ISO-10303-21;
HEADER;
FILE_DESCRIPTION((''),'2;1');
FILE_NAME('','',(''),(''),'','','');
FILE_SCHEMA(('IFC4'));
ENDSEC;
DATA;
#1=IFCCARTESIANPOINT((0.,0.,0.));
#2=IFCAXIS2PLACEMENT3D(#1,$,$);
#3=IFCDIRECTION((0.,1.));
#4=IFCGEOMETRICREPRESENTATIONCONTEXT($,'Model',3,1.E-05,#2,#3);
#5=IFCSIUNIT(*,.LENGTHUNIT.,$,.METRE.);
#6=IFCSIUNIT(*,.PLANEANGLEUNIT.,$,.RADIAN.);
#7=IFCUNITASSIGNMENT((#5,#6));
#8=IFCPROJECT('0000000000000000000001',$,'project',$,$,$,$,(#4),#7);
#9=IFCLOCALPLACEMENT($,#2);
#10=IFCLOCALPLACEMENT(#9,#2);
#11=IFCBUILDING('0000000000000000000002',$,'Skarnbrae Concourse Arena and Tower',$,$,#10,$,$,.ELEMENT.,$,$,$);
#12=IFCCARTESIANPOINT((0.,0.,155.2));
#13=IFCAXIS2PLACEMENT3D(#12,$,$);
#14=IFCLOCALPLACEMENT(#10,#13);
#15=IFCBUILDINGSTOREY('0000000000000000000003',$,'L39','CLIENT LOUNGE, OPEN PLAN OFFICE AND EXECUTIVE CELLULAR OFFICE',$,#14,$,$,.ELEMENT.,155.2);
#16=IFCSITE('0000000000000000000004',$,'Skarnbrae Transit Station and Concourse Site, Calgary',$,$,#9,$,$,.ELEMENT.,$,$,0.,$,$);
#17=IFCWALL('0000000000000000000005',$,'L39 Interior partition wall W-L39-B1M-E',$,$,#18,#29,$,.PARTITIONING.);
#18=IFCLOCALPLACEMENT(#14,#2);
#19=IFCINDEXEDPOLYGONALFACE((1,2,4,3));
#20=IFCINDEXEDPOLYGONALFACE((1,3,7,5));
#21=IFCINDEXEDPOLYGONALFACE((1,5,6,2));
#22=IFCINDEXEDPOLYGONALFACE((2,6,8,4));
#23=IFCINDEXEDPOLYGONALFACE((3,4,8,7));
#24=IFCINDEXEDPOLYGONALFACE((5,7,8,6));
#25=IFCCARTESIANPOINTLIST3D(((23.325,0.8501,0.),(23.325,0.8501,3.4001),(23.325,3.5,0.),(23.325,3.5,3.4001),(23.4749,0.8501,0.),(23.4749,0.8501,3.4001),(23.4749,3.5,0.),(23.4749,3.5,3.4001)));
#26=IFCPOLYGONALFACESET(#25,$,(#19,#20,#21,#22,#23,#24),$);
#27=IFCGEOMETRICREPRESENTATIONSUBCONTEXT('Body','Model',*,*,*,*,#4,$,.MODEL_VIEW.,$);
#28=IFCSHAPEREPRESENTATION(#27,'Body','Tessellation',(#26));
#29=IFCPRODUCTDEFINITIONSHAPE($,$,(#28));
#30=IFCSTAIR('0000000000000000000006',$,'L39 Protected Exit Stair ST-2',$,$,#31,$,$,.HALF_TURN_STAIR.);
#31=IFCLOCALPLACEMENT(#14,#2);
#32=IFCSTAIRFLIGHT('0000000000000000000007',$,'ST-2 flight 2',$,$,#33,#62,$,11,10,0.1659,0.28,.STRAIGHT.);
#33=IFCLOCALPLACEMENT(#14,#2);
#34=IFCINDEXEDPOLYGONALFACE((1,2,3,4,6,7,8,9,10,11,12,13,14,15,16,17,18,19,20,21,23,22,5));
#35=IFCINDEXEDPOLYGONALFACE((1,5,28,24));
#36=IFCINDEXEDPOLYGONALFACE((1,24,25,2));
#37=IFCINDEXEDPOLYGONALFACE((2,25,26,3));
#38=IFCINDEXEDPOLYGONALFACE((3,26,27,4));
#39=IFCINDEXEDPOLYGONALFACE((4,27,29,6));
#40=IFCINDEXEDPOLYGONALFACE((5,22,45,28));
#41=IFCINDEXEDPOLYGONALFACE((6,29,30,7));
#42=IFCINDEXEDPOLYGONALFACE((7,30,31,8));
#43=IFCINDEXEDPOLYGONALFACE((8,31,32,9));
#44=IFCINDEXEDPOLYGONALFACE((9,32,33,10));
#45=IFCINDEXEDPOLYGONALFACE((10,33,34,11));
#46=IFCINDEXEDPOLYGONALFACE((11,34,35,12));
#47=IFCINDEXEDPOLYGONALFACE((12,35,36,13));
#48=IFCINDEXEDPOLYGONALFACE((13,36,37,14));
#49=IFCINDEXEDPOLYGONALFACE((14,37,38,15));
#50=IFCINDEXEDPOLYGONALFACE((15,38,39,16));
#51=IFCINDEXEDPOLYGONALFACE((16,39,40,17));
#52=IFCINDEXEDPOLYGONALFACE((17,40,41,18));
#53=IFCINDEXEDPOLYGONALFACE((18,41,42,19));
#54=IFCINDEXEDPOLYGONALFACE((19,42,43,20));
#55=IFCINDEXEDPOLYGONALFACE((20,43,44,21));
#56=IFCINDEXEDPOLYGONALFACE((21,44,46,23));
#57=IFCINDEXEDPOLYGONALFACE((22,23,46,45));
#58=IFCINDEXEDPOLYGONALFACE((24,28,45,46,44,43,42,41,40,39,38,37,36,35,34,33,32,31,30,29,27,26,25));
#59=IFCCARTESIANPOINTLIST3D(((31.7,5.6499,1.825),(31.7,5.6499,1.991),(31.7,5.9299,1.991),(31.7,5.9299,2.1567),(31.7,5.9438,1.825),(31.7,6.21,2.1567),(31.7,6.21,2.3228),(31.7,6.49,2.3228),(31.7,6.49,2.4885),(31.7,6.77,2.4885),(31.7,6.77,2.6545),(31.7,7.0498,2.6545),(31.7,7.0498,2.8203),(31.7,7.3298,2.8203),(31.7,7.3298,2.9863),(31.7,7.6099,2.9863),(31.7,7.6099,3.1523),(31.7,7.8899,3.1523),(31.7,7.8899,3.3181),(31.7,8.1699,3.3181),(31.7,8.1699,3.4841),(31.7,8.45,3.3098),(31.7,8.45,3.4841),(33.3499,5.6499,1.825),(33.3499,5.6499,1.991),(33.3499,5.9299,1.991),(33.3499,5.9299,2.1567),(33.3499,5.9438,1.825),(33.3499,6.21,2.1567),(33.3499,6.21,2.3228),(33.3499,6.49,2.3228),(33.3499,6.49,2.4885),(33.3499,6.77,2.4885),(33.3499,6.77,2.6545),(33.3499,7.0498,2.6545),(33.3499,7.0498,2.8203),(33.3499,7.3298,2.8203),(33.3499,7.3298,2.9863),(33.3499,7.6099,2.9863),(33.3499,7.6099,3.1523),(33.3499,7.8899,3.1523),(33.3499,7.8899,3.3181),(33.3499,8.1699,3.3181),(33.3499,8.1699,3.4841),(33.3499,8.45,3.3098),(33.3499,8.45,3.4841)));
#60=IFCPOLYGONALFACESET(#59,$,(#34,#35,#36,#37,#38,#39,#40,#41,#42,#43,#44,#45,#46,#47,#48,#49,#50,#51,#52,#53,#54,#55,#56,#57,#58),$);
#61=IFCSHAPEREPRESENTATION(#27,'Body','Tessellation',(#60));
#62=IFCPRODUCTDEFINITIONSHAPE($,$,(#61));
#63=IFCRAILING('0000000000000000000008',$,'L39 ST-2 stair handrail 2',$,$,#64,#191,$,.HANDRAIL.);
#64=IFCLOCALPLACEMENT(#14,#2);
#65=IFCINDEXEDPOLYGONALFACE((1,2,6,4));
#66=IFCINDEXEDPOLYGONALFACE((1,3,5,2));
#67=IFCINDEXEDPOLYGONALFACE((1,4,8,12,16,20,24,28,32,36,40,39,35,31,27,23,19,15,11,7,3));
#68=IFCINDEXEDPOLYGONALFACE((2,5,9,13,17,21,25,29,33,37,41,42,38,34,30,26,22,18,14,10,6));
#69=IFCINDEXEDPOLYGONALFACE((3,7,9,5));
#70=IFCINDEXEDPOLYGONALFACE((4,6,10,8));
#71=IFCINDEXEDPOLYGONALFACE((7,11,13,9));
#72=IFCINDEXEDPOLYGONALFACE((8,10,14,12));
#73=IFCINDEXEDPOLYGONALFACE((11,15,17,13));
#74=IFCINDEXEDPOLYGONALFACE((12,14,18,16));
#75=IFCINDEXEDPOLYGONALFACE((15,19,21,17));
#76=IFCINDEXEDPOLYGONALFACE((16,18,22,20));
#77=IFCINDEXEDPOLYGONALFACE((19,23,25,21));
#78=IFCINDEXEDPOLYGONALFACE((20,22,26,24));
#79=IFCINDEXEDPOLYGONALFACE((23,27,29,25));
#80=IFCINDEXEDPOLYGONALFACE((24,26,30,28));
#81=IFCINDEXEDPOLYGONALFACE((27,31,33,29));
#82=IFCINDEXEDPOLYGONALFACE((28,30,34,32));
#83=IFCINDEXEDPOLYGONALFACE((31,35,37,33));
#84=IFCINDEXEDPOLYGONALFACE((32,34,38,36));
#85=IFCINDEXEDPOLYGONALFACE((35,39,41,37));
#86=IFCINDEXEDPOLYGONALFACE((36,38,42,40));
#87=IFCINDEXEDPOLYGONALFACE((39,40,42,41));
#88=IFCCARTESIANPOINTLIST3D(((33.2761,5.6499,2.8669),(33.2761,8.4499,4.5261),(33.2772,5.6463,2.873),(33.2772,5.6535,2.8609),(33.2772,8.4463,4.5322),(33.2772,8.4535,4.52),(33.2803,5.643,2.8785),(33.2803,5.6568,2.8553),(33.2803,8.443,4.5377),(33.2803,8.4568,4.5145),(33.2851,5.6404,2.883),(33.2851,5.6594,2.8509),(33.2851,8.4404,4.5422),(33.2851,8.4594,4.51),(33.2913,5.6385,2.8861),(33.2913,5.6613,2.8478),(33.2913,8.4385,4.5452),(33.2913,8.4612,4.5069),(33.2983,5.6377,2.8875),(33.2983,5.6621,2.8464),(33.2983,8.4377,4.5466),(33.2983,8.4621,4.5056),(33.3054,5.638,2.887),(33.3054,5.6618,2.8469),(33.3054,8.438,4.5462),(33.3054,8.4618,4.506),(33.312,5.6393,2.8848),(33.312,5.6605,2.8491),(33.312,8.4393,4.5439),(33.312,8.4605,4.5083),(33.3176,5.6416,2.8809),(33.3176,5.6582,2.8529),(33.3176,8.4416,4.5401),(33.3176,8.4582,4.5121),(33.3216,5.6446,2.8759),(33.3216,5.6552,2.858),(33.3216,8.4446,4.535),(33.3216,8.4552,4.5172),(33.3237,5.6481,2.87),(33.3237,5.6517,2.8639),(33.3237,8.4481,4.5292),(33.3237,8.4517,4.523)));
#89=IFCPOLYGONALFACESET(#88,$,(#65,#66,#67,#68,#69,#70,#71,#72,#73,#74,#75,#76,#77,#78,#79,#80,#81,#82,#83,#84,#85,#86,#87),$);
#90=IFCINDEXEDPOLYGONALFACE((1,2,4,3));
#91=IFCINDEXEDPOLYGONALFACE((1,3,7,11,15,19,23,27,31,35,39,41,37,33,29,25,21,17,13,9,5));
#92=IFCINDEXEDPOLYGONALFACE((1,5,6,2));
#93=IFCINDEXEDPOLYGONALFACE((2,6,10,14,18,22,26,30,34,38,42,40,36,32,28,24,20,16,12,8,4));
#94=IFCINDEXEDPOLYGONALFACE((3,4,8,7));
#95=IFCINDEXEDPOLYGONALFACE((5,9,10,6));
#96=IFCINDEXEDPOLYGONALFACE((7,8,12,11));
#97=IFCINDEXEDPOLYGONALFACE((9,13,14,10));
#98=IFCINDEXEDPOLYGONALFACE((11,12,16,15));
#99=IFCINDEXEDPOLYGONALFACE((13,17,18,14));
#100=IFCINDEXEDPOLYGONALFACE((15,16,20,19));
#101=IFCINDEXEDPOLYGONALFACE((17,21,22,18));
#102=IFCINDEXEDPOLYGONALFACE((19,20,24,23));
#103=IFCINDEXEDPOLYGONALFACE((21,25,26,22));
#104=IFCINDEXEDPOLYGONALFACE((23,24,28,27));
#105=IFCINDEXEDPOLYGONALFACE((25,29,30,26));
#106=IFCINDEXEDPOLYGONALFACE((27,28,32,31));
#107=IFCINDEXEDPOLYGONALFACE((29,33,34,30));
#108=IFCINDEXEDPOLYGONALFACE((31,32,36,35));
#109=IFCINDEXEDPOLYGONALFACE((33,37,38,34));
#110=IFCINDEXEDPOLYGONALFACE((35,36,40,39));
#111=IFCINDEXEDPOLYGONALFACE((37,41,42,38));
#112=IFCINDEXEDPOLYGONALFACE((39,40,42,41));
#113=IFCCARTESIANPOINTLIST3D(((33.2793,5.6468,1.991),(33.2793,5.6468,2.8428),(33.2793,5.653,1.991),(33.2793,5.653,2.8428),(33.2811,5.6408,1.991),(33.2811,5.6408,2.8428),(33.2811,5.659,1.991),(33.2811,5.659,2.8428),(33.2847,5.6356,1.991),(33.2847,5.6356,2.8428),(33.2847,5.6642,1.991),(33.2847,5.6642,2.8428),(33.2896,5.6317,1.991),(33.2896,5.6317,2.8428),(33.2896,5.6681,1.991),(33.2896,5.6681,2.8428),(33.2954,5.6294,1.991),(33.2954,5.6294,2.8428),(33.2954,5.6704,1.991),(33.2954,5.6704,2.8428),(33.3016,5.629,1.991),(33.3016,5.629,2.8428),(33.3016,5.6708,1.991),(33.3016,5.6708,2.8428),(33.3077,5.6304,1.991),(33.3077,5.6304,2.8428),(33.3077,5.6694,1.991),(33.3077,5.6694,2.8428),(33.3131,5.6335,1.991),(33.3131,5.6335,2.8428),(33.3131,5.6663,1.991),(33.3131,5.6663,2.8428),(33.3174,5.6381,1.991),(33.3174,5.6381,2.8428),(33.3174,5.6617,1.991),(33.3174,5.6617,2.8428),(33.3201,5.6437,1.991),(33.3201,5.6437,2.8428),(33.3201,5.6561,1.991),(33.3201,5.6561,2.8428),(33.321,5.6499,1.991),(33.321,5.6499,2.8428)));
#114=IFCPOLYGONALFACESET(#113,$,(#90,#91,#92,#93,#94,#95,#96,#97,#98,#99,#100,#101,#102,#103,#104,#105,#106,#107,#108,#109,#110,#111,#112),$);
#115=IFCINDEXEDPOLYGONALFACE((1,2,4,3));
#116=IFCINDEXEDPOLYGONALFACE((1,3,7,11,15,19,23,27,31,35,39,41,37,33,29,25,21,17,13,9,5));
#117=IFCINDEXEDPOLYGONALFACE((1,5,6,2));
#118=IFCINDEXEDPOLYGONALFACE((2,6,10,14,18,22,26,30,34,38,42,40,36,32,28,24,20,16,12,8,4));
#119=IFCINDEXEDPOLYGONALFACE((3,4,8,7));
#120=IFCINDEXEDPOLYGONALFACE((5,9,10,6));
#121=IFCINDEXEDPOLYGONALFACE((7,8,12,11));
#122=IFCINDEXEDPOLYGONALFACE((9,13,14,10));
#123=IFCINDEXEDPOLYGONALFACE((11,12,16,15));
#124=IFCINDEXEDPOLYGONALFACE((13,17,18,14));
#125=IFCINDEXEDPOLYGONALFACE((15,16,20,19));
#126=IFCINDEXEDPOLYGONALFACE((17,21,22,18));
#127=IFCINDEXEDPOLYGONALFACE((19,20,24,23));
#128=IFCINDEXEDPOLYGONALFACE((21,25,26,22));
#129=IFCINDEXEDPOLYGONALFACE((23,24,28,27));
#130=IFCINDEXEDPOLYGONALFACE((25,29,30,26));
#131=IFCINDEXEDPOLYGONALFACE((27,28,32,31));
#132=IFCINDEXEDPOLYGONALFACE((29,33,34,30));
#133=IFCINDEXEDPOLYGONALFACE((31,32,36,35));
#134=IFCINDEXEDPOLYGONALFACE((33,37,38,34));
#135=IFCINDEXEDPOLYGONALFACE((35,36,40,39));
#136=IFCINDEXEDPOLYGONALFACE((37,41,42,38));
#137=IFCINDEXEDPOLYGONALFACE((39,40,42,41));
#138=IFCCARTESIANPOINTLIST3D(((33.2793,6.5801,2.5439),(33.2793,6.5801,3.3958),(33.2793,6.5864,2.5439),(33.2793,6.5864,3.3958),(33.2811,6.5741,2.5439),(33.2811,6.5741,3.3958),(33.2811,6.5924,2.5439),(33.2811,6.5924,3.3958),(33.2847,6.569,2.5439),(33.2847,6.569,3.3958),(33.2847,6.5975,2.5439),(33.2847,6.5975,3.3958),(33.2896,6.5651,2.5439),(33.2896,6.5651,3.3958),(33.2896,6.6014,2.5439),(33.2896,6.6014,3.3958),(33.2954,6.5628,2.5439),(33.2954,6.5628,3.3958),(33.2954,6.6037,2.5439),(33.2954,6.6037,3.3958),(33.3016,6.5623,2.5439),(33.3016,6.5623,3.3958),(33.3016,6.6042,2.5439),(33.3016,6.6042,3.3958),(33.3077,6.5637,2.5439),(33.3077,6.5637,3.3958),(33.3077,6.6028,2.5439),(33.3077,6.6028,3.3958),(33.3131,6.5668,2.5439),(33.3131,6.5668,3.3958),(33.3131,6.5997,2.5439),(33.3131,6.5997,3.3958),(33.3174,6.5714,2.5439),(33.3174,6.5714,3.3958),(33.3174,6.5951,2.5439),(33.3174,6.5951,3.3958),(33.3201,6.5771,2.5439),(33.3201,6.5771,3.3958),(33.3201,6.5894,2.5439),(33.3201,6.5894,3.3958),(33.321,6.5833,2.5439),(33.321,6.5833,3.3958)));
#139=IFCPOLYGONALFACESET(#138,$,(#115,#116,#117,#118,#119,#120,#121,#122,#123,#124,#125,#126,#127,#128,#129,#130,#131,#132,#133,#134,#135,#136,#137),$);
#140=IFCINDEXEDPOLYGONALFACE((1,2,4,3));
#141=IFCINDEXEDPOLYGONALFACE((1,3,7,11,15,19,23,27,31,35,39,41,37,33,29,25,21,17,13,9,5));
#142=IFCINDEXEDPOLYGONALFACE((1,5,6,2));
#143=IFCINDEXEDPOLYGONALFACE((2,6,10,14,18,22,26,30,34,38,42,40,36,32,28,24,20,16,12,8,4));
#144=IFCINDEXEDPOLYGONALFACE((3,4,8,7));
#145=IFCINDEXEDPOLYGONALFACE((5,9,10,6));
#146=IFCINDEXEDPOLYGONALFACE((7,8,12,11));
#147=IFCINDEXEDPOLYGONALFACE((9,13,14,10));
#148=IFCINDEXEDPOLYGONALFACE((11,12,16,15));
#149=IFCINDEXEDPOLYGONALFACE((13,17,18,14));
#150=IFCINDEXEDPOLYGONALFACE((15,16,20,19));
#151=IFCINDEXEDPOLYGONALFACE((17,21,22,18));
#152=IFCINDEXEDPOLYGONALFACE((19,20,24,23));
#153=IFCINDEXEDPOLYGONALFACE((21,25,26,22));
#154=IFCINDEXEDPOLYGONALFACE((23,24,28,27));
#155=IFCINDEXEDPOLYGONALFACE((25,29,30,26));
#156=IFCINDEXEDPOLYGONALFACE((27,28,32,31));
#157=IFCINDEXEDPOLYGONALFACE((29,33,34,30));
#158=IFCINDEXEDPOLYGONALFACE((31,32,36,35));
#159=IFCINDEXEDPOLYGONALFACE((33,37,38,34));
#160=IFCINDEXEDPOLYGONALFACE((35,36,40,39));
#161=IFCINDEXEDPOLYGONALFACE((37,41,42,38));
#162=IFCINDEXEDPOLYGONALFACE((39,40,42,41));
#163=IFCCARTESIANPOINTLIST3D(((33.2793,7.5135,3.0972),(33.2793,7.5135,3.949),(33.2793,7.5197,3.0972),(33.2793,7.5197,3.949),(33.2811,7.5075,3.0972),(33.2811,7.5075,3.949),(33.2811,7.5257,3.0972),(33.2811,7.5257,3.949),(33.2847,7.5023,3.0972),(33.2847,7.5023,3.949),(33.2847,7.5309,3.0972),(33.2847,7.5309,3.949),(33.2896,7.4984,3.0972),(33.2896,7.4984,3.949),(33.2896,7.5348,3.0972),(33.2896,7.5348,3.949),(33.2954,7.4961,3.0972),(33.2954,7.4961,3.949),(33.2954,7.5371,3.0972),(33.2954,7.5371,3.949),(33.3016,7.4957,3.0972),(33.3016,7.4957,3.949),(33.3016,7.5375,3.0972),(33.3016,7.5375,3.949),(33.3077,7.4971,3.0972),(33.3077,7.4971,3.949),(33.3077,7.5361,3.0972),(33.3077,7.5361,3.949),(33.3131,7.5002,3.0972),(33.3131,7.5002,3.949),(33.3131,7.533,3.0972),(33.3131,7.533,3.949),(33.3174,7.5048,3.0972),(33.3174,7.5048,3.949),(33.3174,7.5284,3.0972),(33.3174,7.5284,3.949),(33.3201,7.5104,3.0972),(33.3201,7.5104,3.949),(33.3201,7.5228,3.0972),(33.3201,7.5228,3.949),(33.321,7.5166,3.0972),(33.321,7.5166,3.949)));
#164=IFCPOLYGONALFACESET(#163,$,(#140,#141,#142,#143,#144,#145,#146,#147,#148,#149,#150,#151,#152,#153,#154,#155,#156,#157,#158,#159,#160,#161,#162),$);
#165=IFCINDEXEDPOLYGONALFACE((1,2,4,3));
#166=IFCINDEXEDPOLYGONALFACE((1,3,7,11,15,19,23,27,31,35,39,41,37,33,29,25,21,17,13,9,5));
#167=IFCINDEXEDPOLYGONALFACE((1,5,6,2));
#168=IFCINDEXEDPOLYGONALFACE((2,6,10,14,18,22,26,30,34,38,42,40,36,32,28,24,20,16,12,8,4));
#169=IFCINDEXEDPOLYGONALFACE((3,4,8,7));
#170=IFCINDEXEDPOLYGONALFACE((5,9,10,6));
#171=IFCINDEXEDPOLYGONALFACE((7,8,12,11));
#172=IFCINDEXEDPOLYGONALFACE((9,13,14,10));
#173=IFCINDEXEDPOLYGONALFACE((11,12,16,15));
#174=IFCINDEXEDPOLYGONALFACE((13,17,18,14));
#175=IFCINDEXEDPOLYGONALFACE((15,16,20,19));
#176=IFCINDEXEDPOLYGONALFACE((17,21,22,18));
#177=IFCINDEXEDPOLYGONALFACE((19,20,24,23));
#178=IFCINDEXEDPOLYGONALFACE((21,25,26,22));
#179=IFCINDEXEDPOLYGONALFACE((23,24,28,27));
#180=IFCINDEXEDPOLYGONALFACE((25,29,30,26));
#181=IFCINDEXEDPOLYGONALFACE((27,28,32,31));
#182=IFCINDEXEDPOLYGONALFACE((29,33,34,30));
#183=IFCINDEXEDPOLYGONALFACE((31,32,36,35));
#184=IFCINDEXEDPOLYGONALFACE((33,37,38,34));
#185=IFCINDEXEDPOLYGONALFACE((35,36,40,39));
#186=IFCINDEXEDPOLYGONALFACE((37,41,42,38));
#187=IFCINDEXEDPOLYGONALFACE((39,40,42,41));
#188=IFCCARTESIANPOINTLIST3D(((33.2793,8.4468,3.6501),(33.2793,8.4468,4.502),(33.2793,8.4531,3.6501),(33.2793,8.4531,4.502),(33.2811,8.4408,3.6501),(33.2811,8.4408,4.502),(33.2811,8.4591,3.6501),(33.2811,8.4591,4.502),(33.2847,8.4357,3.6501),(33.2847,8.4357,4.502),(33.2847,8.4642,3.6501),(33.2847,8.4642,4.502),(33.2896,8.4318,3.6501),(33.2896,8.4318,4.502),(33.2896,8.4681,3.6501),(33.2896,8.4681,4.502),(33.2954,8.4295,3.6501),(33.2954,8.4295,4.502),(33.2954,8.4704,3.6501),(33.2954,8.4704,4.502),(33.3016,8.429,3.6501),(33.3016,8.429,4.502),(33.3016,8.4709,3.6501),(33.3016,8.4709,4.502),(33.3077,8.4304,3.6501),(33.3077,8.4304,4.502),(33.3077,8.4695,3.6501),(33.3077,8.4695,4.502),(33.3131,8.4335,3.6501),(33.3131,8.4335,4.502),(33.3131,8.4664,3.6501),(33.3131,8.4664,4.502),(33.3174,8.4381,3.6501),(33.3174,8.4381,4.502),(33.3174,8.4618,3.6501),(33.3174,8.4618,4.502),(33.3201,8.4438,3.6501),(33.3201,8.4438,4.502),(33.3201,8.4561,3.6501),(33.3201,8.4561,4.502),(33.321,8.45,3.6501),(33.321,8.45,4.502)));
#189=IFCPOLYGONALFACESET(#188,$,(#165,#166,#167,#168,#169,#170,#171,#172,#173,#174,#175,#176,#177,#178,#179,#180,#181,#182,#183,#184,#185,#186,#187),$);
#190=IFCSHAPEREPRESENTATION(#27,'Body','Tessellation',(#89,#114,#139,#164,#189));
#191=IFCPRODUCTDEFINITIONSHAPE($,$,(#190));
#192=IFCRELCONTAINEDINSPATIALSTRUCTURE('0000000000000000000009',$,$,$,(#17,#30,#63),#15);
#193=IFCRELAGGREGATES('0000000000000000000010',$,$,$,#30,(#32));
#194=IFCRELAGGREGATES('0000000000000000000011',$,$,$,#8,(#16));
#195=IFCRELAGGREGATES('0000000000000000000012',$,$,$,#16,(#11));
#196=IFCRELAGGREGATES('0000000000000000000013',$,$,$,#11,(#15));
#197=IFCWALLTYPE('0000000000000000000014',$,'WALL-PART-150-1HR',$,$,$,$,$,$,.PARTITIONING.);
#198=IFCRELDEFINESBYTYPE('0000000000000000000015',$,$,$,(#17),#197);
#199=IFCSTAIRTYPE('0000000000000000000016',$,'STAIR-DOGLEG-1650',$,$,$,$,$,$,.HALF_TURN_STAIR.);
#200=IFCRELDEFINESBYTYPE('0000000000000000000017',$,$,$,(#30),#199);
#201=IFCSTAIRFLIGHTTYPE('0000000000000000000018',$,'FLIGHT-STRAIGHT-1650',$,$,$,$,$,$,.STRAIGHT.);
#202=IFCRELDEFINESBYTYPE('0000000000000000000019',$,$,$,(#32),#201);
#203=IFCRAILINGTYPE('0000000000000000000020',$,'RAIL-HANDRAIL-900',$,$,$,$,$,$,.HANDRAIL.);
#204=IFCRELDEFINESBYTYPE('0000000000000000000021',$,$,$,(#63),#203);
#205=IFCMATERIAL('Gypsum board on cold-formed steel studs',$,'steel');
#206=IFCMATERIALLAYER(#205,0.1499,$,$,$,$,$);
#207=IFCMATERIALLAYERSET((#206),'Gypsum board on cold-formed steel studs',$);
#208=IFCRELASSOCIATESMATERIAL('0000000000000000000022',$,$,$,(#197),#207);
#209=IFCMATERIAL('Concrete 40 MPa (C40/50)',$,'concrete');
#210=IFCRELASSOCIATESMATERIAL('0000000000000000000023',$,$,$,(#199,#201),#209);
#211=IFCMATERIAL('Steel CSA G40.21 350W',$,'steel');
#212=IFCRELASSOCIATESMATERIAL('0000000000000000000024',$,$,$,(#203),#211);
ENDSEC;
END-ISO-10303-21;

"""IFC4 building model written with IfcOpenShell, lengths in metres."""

from ifc_helpers import new_model, si_unit, direction, frame, frame_2d, origin, origin_2d, place, context, subcontext, project, spatial, polyline, rectangle, circle, outline, extrude, source, transform, mapped, material, layer, layer_set, type_object, element, aggregate, save


model = new_model("IFC4")

# Units and contexts
model_context = context("Model", 3, precision=1e-05, world=origin(), true_north=direction((0.0, 1.0)))
body_context = subcontext(model_context, "Body", "Model", "MODEL_VIEW")
ifc_project = project(units=[si_unit("LENGTHUNIT", "METRE"), si_unit("PLANEANGLEUNIT", "RADIAN")], contexts=[model_context])

# Site, building, storey
site_placement = place(None, origin())
site = spatial("IfcSite", under=ifc_project, at=site_placement, Name="Skarnbrae Transit Station and Concourse Site, Calgary", CompositionType="ELEMENT", RefElevation=0.0)
building_placement = place(site_placement, origin())
building = spatial("IfcBuilding", under=site, at=building_placement, Name="Skarnbrae Concourse Arena and Tower", CompositionType="ELEMENT")
storey_placement = place(building_placement, frame((0.0, 0.0, 155.2)))
storey = spatial("IfcBuildingStorey", under=building, at=storey_placement, Name="L39", Description="CLIENT LOUNGE, OPEN PLAN OFFICE AND EXECUTIVE CELLULAR OFFICE", CompositionType="ELEMENT", Elevation=155.2)

# Shared definitions
ifc_material_1 = material(Name="Gypsum board on cold-formed steel studs", Category="steel")

# Shared definitions
ifc_layer_1 = layer(ifc_material_1, 0.1499)
ifc_layer_set_1 = layer_set([ifc_layer_1], Name="Gypsum board on cold-formed steel studs")
wall_type_1 = type_object("IfcWallType", Name="WALL-PART-150-1HR", PredefinedType="PARTITIONING", material=ifc_layer_set_1)
ifc_material_2 = material(Name="Steel CSA G40.21 350W", Category="steel")

# Wall
shared_shape_1 = source(origin(), body_context, "Body", "SweptSolid", [
    extrude(rectangle(XDim=2.6499, YDim=0.1499, at=frame_2d((1.325, 0.0))), origin(), (0.0, 0.0, 1.0), 3.4001),
])
wall_1_placement = place(storey_placement, frame((23.3999, 0.8501, 0.0), z_axis=(0.0, 0.0, 1.0), x_axis=(0.0, 1.0, 0.0)))
element("IfcWall", 1, at=wall_1_placement, inside=storey, type_object=wall_type_1, Name="L39 Interior partition wall W-L39-B1M-E", PredefinedType="PARTITIONING", context=body_context, shape_type="MappedRepresentation", body=[
    mapped(shared_shape_1, transform((0.0, 0.0, 0.0))),
])

# Stair, stair flight
ifc_material_3 = material(Name="Concrete 40 MPa (C40/50)", Category="concrete")
stair_type = type_object("IfcStairType", Name="STAIR-DOGLEG-1650", PredefinedType="HALF_TURN_STAIR", material=ifc_material_3)
stair_placement = place(storey_placement, origin())
stair = element("IfcStair", 2, at=stair_placement, inside=storey, type_object=stair_type, Name="L39 Protected Exit Stair ST-2", PredefinedType="HALF_TURN_STAIR")
stair_flight_type = type_object("IfcStairFlightType", Name="FLIGHT-STRAIGHT-1650", PredefinedType="STRAIGHT", material=ifc_material_3)
shared_shape_2 = source(origin(), body_context, "Body", "SweptSolid", [
    extrude(outline(polyline([(0.0, 0.0), (0.0, 0.166), (0.28, 0.166), (0.28, 0.3318), (0.5601, 0.3318), (0.5601, 0.4978), (0.8401, 0.4978), (0.8401, 0.6636), (1.1201, 0.6636), (1.1201, 0.8296), (1.3999, 0.8296), (1.3999, 0.9954), (1.6799, 0.9954), (1.6799, 1.1614), (1.96, 1.1614), (1.96, 1.3274), (2.24, 1.3274), (2.24, 1.4932), (2.52, 1.4932), (2.52, 1.6592), (2.8, 1.6592), (2.8, 1.825), (2.8, 1.4849), (0.2939, 0.0), (0.0, 0.0)])), frame((0.0, 0.825, 0.0), z_axis=(0.0, -1.0, 0.0), x_axis=(1.0, 0.0, 0.0)), (0.0, 0.0, 1.0), 1.6499),
])
stair_flight_placement = place(storey_placement, frame((32.5249, 5.6499, 1.825), z_axis=(0.0, 0.0, 1.0), x_axis=(0.0, 1.0, 0.0)))
stair_flight = element("IfcStairFlight", 3, at=stair_flight_placement, type_object=stair_flight_type, Name="ST-2 flight 2", NumberOfRisers=11, NumberOfTreads=10, PredefinedType="STRAIGHT", RiserHeight=0.1659, TreadLength=0.28, context=body_context, shape_type="MappedRepresentation", body=[
    mapped(shared_shape_2, transform((0.0, 0.0, 0.0))),
])
aggregate(stair, [stair_flight])

# Railing
railing_type_1 = type_object("IfcRailingType", Name="RAIL-HANDRAIL-900", PredefinedType="HANDRAIL", material=ifc_material_2)
railing_1_placement = place(storey_placement, frame((33.3, 5.6499, 1.991)))
element("IfcRailing", 4, at=railing_1_placement, inside=storey, type_object=railing_type_1, Name="L39 ST-2 stair handrail 2", PredefinedType="HANDRAIL", context=body_context, shape_type="SweptSolid", body=[
    extrude(circle(Radius=0.0239, at=origin_2d()), frame((0.0, 0.0, 0.876), z_axis=(0.0, 0.860306, 0.509778), x_axis=(-1.0, 0.0, 0.0)), (0.0, 0.0, 1.0), 3.2546),
    extrude(circle(Radius=0.021, at=origin_2d()), origin(), (0.0, 0.0, 1.0), 0.8518),
    extrude(circle(Radius=0.021, at=origin_2d()), frame((0.0, 0.9333, 0.553)), (0.0, 0.0, 1.0), 0.8518),
    extrude(circle(Radius=0.021, at=origin_2d()), frame((0.0, 1.8667, 1.1062)), (0.0, 0.0, 1.0), 0.8518),
    extrude(circle(Radius=0.021, at=origin_2d()), frame((0.0, 2.8, 1.6592)), (0.0, 0.0, 1.0), 0.8518),
])

save(model, "model.ifc")
